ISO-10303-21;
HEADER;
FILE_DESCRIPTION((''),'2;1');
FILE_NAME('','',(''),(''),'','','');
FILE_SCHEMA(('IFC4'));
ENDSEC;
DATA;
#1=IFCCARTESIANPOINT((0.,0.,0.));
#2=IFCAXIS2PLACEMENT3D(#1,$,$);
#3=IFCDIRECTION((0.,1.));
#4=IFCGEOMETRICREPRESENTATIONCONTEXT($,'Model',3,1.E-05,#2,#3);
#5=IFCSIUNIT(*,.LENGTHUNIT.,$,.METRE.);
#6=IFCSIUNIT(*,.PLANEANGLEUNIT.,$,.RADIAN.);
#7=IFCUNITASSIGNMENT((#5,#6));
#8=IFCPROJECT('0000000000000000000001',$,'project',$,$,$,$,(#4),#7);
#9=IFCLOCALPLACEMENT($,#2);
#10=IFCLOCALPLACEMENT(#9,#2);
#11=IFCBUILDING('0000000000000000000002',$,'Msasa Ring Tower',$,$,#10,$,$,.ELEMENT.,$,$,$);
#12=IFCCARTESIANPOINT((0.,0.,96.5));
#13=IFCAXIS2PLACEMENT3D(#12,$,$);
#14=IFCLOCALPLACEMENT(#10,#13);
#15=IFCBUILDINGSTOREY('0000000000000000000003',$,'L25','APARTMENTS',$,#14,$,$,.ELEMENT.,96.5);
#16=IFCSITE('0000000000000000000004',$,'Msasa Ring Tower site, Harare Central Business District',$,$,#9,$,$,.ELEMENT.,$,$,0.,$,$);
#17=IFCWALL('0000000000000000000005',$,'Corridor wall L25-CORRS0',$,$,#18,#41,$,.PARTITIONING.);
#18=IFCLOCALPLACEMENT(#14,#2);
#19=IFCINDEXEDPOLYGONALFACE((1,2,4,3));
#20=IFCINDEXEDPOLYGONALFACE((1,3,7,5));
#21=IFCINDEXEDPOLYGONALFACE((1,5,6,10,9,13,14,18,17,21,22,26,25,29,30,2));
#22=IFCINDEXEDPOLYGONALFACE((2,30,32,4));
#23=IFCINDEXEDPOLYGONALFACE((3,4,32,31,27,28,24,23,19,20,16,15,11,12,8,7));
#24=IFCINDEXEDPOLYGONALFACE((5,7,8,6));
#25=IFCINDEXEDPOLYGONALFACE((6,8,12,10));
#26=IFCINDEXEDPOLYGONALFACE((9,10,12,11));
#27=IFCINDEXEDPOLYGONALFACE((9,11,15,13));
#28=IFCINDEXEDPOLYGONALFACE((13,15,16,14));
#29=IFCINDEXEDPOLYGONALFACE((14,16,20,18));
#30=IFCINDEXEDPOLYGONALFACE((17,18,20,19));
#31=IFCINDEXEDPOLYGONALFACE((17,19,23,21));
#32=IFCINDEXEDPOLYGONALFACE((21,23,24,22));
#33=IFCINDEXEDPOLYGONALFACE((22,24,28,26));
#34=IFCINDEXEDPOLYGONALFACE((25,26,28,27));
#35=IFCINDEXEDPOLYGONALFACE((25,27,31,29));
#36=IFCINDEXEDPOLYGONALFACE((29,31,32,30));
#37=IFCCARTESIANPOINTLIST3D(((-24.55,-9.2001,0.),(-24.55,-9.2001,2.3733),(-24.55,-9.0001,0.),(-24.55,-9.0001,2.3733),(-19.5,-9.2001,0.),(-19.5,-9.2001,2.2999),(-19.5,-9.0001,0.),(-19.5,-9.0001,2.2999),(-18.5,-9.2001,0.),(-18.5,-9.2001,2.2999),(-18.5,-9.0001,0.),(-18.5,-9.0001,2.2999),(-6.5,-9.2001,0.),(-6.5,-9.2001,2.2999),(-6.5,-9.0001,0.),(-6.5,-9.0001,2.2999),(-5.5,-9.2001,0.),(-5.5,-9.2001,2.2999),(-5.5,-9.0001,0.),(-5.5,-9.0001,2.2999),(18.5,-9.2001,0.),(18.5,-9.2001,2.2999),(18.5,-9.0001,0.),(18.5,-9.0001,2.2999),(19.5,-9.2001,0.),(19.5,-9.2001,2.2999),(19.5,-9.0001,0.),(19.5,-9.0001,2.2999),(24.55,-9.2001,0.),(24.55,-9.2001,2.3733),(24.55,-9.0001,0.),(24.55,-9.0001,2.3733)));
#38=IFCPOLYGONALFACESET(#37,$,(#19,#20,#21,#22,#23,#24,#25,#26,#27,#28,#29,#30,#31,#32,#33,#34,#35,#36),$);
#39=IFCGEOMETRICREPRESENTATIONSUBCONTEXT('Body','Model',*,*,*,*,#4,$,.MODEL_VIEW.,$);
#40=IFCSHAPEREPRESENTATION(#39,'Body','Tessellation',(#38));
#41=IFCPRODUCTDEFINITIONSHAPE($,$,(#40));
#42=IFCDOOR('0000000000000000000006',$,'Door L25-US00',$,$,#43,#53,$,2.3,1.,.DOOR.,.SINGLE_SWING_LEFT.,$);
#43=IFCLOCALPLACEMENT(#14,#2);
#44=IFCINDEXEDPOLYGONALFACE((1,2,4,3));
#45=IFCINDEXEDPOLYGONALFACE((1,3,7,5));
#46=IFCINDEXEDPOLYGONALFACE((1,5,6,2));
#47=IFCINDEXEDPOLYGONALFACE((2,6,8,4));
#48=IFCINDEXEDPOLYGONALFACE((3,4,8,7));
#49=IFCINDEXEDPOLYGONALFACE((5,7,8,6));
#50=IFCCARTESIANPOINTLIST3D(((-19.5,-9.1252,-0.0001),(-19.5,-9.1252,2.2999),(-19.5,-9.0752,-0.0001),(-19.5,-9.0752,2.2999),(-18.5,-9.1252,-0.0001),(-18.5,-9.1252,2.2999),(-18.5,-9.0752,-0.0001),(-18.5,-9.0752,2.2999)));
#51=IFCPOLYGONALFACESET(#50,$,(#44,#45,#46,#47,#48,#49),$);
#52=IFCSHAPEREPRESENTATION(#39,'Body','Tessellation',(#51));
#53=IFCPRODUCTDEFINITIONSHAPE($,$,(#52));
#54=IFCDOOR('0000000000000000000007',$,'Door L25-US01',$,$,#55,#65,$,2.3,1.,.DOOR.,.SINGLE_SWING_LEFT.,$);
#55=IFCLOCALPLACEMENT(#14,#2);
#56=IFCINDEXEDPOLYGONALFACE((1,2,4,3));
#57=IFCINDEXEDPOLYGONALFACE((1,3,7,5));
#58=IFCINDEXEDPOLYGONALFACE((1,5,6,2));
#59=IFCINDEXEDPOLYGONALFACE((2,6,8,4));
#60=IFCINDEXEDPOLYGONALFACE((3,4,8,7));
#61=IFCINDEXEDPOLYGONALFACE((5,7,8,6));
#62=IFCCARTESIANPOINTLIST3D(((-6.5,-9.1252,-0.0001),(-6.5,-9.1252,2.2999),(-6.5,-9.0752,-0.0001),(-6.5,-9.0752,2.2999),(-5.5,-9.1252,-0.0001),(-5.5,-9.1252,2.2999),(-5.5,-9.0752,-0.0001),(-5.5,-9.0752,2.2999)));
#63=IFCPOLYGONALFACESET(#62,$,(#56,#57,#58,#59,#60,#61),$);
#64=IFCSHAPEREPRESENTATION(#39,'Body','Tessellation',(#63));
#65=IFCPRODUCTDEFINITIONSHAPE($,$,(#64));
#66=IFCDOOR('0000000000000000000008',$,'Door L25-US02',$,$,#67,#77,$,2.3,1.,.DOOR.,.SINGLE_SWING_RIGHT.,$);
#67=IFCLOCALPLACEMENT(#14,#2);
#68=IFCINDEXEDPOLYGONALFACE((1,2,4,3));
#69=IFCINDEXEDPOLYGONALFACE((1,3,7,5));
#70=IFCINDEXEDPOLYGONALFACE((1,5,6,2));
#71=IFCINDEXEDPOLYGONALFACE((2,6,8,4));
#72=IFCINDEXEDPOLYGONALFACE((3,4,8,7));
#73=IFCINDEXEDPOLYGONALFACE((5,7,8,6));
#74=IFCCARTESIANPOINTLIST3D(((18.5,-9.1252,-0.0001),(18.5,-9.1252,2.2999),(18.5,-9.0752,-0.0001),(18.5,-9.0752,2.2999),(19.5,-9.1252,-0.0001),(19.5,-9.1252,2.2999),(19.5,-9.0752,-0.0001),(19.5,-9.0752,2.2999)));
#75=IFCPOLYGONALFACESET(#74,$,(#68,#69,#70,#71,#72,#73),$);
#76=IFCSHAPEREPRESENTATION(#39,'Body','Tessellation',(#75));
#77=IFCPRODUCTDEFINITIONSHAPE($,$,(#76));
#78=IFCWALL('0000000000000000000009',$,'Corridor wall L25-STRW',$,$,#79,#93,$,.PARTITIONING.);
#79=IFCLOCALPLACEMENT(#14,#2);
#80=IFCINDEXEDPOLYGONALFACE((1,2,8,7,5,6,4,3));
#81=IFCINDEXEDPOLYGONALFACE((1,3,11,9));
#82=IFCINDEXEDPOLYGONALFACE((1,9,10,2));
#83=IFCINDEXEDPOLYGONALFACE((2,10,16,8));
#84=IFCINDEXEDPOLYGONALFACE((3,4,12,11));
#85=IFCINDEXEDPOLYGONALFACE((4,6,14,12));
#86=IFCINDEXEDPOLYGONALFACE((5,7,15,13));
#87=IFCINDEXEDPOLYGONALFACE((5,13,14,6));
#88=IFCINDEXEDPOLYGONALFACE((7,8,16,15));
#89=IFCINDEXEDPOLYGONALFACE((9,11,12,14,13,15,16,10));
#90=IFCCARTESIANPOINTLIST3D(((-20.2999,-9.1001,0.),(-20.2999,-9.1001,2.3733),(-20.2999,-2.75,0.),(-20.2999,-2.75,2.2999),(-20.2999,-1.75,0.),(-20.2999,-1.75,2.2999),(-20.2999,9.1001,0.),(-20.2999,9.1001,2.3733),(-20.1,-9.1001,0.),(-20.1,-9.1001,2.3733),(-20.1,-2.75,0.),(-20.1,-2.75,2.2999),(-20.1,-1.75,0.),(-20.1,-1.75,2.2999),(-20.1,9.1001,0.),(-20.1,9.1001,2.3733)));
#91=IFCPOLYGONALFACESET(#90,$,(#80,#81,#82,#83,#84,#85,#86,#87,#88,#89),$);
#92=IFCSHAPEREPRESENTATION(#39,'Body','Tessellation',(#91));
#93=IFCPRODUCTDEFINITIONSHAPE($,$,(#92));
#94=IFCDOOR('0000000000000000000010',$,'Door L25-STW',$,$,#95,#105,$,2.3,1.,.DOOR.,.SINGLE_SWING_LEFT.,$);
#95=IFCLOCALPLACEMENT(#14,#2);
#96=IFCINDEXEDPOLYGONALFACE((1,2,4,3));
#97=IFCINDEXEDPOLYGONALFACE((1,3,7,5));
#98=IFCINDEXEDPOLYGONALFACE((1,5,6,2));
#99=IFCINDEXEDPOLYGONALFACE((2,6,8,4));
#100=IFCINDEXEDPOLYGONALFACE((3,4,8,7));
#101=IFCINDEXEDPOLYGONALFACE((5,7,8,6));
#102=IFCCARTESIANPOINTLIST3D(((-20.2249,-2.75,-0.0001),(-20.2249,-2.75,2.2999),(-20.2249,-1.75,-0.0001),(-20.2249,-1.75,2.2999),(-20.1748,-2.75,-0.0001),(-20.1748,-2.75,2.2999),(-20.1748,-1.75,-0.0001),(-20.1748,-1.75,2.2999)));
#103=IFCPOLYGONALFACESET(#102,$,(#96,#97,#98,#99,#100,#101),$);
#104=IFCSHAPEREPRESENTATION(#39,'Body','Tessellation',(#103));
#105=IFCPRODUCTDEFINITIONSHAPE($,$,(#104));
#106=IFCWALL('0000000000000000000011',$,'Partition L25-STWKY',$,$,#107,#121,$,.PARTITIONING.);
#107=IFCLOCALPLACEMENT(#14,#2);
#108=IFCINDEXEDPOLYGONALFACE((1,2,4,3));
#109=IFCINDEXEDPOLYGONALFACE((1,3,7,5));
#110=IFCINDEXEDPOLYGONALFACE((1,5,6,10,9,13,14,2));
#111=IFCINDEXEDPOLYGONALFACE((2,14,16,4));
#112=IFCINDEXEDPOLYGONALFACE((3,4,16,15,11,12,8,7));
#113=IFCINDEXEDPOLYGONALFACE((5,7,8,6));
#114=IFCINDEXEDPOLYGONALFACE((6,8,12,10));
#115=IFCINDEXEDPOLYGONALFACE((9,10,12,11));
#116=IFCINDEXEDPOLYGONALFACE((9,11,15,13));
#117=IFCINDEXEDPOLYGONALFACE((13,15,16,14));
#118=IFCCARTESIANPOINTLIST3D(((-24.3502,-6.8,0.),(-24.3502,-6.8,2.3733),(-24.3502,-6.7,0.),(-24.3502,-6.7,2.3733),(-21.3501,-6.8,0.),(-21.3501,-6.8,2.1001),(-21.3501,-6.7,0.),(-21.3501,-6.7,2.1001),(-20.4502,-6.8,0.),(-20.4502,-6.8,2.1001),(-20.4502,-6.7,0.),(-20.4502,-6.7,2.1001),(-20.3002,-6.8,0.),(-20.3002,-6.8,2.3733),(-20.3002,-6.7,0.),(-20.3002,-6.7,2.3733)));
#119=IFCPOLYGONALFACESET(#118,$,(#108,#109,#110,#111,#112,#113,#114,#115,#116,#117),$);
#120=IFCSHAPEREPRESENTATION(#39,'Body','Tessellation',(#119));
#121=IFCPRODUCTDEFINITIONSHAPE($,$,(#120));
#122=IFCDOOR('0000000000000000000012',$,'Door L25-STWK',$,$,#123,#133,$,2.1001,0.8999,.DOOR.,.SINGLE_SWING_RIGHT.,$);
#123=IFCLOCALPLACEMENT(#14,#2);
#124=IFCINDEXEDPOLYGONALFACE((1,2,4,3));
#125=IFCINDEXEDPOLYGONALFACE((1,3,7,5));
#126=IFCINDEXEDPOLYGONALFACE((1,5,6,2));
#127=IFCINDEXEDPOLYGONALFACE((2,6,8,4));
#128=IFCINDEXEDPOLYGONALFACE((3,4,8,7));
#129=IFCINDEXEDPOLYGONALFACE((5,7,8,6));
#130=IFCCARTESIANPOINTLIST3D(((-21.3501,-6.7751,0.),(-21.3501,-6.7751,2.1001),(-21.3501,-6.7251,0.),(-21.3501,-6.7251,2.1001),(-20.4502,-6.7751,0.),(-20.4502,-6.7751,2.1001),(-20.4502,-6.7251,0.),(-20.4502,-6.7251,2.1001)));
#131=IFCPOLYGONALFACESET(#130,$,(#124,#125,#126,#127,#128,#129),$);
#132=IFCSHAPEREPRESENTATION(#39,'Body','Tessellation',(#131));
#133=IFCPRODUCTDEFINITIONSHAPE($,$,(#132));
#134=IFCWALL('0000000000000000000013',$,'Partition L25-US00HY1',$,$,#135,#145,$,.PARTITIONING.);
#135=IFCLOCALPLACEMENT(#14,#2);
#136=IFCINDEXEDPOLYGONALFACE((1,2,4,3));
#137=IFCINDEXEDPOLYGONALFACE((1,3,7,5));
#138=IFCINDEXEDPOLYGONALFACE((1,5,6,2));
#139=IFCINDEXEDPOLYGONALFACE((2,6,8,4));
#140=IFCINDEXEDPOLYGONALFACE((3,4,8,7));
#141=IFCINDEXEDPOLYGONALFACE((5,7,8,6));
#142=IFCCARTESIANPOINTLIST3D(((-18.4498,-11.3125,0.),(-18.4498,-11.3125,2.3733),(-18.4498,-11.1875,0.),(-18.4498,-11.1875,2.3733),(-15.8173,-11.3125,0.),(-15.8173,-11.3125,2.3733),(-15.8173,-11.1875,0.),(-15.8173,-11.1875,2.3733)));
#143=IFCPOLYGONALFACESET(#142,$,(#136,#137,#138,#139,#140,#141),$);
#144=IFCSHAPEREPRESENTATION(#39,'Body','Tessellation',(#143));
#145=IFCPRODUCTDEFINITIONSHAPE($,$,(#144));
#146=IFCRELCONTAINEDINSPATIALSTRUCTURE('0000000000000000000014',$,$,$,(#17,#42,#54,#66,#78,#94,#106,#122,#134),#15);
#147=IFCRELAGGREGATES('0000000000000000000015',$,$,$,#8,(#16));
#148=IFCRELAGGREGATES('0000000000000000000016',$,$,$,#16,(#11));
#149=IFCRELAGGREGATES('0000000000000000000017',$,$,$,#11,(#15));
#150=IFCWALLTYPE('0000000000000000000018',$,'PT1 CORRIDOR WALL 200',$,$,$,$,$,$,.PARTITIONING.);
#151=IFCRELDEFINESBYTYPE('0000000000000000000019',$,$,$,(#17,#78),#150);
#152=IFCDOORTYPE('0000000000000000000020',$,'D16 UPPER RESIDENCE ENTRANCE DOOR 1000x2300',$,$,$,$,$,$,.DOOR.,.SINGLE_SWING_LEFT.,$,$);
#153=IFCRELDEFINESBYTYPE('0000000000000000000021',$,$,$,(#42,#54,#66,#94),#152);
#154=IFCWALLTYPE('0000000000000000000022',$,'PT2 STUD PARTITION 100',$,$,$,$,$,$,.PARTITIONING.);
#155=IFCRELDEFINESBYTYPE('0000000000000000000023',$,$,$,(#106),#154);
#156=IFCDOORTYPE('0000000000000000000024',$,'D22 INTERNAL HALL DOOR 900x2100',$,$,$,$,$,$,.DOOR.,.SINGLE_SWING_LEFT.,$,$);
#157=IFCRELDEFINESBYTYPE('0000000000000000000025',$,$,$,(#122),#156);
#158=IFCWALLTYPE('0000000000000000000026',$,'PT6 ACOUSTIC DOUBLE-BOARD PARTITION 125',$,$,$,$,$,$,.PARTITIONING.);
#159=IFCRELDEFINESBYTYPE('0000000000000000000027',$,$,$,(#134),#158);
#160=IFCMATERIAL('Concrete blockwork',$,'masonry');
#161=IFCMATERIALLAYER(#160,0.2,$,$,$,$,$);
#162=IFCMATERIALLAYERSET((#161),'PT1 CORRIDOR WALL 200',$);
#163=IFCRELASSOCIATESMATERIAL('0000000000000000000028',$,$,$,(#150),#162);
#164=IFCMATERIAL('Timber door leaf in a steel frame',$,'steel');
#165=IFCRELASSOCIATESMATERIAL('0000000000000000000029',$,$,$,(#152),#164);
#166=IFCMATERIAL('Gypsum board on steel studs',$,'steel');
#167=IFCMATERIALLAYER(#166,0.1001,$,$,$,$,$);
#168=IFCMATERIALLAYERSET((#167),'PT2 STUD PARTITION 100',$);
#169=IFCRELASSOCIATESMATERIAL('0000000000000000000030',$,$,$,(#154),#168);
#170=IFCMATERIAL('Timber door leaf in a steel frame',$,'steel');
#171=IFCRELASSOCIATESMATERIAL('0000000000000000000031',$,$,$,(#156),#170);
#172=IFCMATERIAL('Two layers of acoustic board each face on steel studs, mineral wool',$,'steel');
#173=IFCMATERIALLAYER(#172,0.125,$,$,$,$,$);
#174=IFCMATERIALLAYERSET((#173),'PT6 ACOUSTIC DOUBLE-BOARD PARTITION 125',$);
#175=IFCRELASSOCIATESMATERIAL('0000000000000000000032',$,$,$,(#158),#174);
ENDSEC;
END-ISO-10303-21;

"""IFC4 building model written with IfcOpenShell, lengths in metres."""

from ifc_helpers import new_model, si_unit, direction, frame, frame_2d, origin, place, context, subcontext, project, spatial, rectangle, extrude, material, layer, layer_set, type_object, element, fill, save


model = new_model("IFC4")

# Units and contexts
model_context = context("Model", 3, precision=1e-05, world=origin(), true_north=direction((0.0, 1.0)))
body_context = subcontext(model_context, "Body", "Model", "MODEL_VIEW")
ifc_project = project(units=[si_unit("LENGTHUNIT", "METRE"), si_unit("PLANEANGLEUNIT", "RADIAN")], contexts=[model_context])

# Site, building, storey
site_placement = place(None, origin())
site = spatial("IfcSite", under=ifc_project, at=site_placement, Name="Msasa Ring Tower site, Harare Central Business District", CompositionType="ELEMENT", RefElevation=0.0)
building_placement = place(site_placement, origin())
building = spatial("IfcBuilding", under=site, at=building_placement, Name="Msasa Ring Tower", CompositionType="ELEMENT")
storey_placement = place(building_placement, frame((0.0, 0.0, 96.5)))
storey = spatial("IfcBuildingStorey", under=building, at=storey_placement, Name="L25", Description="APARTMENTS", CompositionType="ELEMENT", Elevation=96.5)

# Wall, openings, doors
ifc_material_1 = material(Name="Concrete blockwork", Category="masonry")
ifc_layer_1 = layer(ifc_material_1, 0.2)
ifc_layer_set_1 = layer_set([ifc_layer_1], Name="PT1 CORRIDOR WALL 200")
wall_type_1 = type_object("IfcWallType", Name="PT1 CORRIDOR WALL 200", PredefinedType="PARTITIONING", material=ifc_layer_set_1)
wall_1_placement = place(storey_placement, frame((-24.55, -9.1001, 0.0), z_axis=(0.0, 0.0, 1.0), x_axis=(1.0, 0.0, 0.0)))
wall_1 = element("IfcWall", 1, at=wall_1_placement, inside=storey, type_object=wall_type_1, Name="Corridor wall L25-CORRS0", PredefinedType="PARTITIONING", context=body_context, shape_type="SweptSolid", body=[
    extrude(rectangle(XDim=49.1001, YDim=0.2, at=frame_2d((24.55, 0.0))), origin(), (0.0, 0.0, 1.0), 2.3733),
])
opening_1_placement = place(wall_1_placement, frame((5.05, 0.0, 0.0)))
opening_1 = element("IfcOpeningElement", 2, at=opening_1_placement, cuts=wall_1, PredefinedType="OPENING", context=body_context, shape_type="SweptSolid", body=[
    extrude(rectangle(XDim=1.0, YDim=2.3, at=frame_2d((0.5, 1.1499))), frame((0.0, 0.1099, 0.0), z_axis=(0.0, -1.0, 0.0), x_axis=(1.0, 0.0, 0.0)), (0.0, 0.0, 1.0), 0.22),
])
opening_2_placement = place(wall_1_placement, frame((18.05, 0.0, 0.0)))
opening_2 = element("IfcOpeningElement", 3, at=opening_2_placement, cuts=wall_1, PredefinedType="OPENING", context=body_context, shape_type="SweptSolid", body=[
    extrude(rectangle(XDim=1.0, YDim=2.3, at=frame_2d((0.5, 1.1499))), frame((0.0, 0.1099, 0.0), z_axis=(0.0, -1.0, 0.0), x_axis=(1.0, 0.0, 0.0)), (0.0, 0.0, 1.0), 0.22),
])
opening_3_placement = place(wall_1_placement, frame((43.05, 0.0, 0.0)))
opening_3 = element("IfcOpeningElement", 4, at=opening_3_placement, cuts=wall_1, PredefinedType="OPENING", context=body_context, shape_type="SweptSolid", body=[
    extrude(rectangle(XDim=1.0, YDim=2.3, at=frame_2d((0.5, 1.1499))), frame((0.0, 0.1099, 0.0), z_axis=(0.0, -1.0, 0.0), x_axis=(1.0, 0.0, 0.0)), (0.0, 0.0, 1.0), 0.22),
])
ifc_material_2 = material(Name="Timber door leaf in a steel frame", Category="steel")
door_type_1 = type_object("IfcDoorType", Name="D16 UPPER RESIDENCE ENTRANCE DOOR 1000x2300", OperationType="SINGLE_SWING_LEFT", PredefinedType="DOOR", material=ifc_material_2)
door_1_placement = place(opening_1_placement, origin())
door_1 = element("IfcDoor", 5, at=door_1_placement, inside=storey, type_object=door_type_1, Name="Door L25-US00", OperationType="SINGLE_SWING_LEFT", OverallHeight=2.3, OverallWidth=1.0, PredefinedType="DOOR", context=body_context, shape_type="SweptSolid", body=[
    extrude(rectangle(XDim=1.0, YDim=2.3, at=frame_2d((0.5, 1.1499))), frame((0.0, 0.0249, 0.0), z_axis=(0.0, -1.0, 0.0), x_axis=(1.0, 0.0, 0.0)), (0.0, 0.0, 1.0), 0.05),
])
fill(opening_1, door_1)
door_2_placement = place(opening_2_placement, origin())
door_2 = element("IfcDoor", 6, at=door_2_placement, inside=storey, type_object=door_type_1, Name="Door L25-US01", OperationType="SINGLE_SWING_LEFT", OverallHeight=2.3, OverallWidth=1.0, PredefinedType="DOOR", context=body_context, shape_type="SweptSolid", body=[
    extrude(rectangle(XDim=1.0, YDim=2.3, at=frame_2d((0.5, 1.1499))), frame((0.0, 0.0249, 0.0), z_axis=(0.0, -1.0, 0.0), x_axis=(1.0, 0.0, 0.0)), (0.0, 0.0, 1.0), 0.05),
])
fill(opening_2, door_2)
door_3_placement = place(opening_3_placement, origin())
door_3 = element("IfcDoor", 7, at=door_3_placement, inside=storey, type_object=door_type_1, Name="Door L25-US02", OperationType="SINGLE_SWING_RIGHT", OverallHeight=2.3, OverallWidth=1.0, PredefinedType="DOOR", context=body_context, shape_type="SweptSolid", body=[
    extrude(rectangle(XDim=1.0, YDim=2.3, at=frame_2d((0.5, 1.1499))), frame((0.0, 0.0249, 0.0), z_axis=(0.0, -1.0, 0.0), x_axis=(1.0, 0.0, 0.0)), (0.0, 0.0, 1.0), 0.05),
])
fill(opening_3, door_3)

# Walls, openings, doors
wall_2_placement = place(storey_placement, frame((-20.2, -9.1001, 0.0), z_axis=(0.0, 0.0, 1.0), x_axis=(0.0, 1.0, 0.0)))
wall_2 = element("IfcWall", 8, at=wall_2_placement, inside=storey, type_object=wall_type_1, Name="Corridor wall L25-STRW", PredefinedType="PARTITIONING", context=body_context, shape_type="SweptSolid", body=[
    extrude(rectangle(XDim=18.2002, YDim=0.2, at=frame_2d((9.1001, 0.0))), origin(), (0.0, 0.0, 1.0), 2.3733),
])
opening_4_placement = place(wall_2_placement, frame((6.3501, 0.0, 0.0)))
opening_4 = element("IfcOpeningElement", 9, at=opening_4_placement, cuts=wall_2, PredefinedType="OPENING", context=body_context, shape_type="SweptSolid", body=[
    extrude(rectangle(XDim=1.0, YDim=2.3, at=frame_2d((0.5, 1.1499))), frame((0.0, 0.1099, 0.0), z_axis=(0.0, -1.0, 0.0), x_axis=(1.0, 0.0, 0.0)), (0.0, 0.0, 1.0), 0.22),
])
door_4_placement = place(opening_4_placement, origin())
door_4 = element("IfcDoor", 10, at=door_4_placement, inside=storey, type_object=door_type_1, Name="Door L25-STW", OperationType="SINGLE_SWING_LEFT", OverallHeight=2.3, OverallWidth=1.0, PredefinedType="DOOR", context=body_context, shape_type="SweptSolid", body=[
    extrude(rectangle(XDim=1.0, YDim=2.3, at=frame_2d((0.5, 1.1499))), frame((0.0, 0.0249, 0.0), z_axis=(0.0, -1.0, 0.0), x_axis=(1.0, 0.0, 0.0)), (0.0, 0.0, 1.0), 0.05),
])
fill(opening_4, door_4)
ifc_material_3 = material(Name="Gypsum board on steel studs", Category="steel")
ifc_layer_2 = layer(ifc_material_3, 0.1001)
ifc_layer_set_2 = layer_set([ifc_layer_2], Name="PT2 STUD PARTITION 100")
wall_type_2 = type_object("IfcWallType", Name="PT2 STUD PARTITION 100", PredefinedType="PARTITIONING", material=ifc_layer_set_2)
wall_3_placement = place(storey_placement, frame((-24.3501, -6.75, 0.0), z_axis=(0.0, 0.0, 1.0), x_axis=(1.0, 0.0, 0.0)))
wall_3 = element("IfcWall", 11, at=wall_3_placement, inside=storey, type_object=wall_type_2, Name="Partition L25-STWKY", PredefinedType="PARTITIONING", context=body_context, shape_type="SweptSolid", body=[
    extrude(rectangle(XDim=4.05, YDim=0.1001, at=frame_2d((2.0249, 0.0))), origin(), (0.0, 0.0, 1.0), 2.3733),
])
opening_5_placement = place(wall_3_placement, frame((3.0, 0.0, 0.0)))
opening_5 = element("IfcOpeningElement", 12, at=opening_5_placement, cuts=wall_3, PredefinedType="OPENING", context=body_context, shape_type="SweptSolid", body=[
    extrude(rectangle(XDim=0.8999, YDim=2.1001, at=frame_2d((0.45, 1.05))), frame((0.0, 0.0601, 0.0), z_axis=(0.0, -1.0, 0.0), x_axis=(1.0, 0.0, 0.0)), (0.0, 0.0, 1.0), 0.1201),
])
ifc_material_4 = material(Name="Timber door leaf in a steel frame", Category="steel")
door_type_2 = type_object("IfcDoorType", Name="D22 INTERNAL HALL DOOR 900x2100", OperationType="SINGLE_SWING_LEFT", PredefinedType="DOOR", material=ifc_material_4)
door_5_placement = place(opening_5_placement, origin())
door_5 = element("IfcDoor", 13, at=door_5_placement, inside=storey, type_object=door_type_2, Name="Door L25-STWK", OperationType="SINGLE_SWING_RIGHT", OverallHeight=2.1001, OverallWidth=0.8999, PredefinedType="DOOR", context=body_context, shape_type="SweptSolid", body=[
    extrude(rectangle(XDim=0.8999, YDim=2.1001, at=frame_2d((0.45, 1.05))), frame((0.0, 0.0249, 0.0), z_axis=(0.0, -1.0, 0.0), x_axis=(1.0, 0.0, 0.0)), (0.0, 0.0, 1.0), 0.05),
])
fill(opening_5, door_5)

# Wall
ifc_material_5 = material(Name="Two layers of acoustic board each face on steel studs, mineral wool", Category="steel")
ifc_layer_3 = layer(ifc_material_5, 0.125)
ifc_layer_set_3 = layer_set([ifc_layer_3], Name="PT6 ACOUSTIC DOUBLE-BOARD PARTITION 125")
wall_type_3 = type_object("IfcWallType", Name="PT6 ACOUSTIC DOUBLE-BOARD PARTITION 125", PredefinedType="PARTITIONING", material=ifc_layer_set_3)
wall_4_placement = place(storey_placement, frame((-18.45, -11.25, 0.0), z_axis=(0.0, 0.0, 1.0), x_axis=(1.0, 0.0, 0.0)))
element("IfcWall", 14, at=wall_4_placement, inside=storey, type_object=wall_type_3, Name="Partition L25-US00HY1", PredefinedType="PARTITIONING", context=body_context, shape_type="SweptSolid", body=[
    extrude(rectangle(XDim=2.6326, YDim=0.125, at=frame_2d((1.3164, 0.0))), origin(), (0.0, 0.0, 1.0), 2.3733),
])

save(model, "model.ifc")
